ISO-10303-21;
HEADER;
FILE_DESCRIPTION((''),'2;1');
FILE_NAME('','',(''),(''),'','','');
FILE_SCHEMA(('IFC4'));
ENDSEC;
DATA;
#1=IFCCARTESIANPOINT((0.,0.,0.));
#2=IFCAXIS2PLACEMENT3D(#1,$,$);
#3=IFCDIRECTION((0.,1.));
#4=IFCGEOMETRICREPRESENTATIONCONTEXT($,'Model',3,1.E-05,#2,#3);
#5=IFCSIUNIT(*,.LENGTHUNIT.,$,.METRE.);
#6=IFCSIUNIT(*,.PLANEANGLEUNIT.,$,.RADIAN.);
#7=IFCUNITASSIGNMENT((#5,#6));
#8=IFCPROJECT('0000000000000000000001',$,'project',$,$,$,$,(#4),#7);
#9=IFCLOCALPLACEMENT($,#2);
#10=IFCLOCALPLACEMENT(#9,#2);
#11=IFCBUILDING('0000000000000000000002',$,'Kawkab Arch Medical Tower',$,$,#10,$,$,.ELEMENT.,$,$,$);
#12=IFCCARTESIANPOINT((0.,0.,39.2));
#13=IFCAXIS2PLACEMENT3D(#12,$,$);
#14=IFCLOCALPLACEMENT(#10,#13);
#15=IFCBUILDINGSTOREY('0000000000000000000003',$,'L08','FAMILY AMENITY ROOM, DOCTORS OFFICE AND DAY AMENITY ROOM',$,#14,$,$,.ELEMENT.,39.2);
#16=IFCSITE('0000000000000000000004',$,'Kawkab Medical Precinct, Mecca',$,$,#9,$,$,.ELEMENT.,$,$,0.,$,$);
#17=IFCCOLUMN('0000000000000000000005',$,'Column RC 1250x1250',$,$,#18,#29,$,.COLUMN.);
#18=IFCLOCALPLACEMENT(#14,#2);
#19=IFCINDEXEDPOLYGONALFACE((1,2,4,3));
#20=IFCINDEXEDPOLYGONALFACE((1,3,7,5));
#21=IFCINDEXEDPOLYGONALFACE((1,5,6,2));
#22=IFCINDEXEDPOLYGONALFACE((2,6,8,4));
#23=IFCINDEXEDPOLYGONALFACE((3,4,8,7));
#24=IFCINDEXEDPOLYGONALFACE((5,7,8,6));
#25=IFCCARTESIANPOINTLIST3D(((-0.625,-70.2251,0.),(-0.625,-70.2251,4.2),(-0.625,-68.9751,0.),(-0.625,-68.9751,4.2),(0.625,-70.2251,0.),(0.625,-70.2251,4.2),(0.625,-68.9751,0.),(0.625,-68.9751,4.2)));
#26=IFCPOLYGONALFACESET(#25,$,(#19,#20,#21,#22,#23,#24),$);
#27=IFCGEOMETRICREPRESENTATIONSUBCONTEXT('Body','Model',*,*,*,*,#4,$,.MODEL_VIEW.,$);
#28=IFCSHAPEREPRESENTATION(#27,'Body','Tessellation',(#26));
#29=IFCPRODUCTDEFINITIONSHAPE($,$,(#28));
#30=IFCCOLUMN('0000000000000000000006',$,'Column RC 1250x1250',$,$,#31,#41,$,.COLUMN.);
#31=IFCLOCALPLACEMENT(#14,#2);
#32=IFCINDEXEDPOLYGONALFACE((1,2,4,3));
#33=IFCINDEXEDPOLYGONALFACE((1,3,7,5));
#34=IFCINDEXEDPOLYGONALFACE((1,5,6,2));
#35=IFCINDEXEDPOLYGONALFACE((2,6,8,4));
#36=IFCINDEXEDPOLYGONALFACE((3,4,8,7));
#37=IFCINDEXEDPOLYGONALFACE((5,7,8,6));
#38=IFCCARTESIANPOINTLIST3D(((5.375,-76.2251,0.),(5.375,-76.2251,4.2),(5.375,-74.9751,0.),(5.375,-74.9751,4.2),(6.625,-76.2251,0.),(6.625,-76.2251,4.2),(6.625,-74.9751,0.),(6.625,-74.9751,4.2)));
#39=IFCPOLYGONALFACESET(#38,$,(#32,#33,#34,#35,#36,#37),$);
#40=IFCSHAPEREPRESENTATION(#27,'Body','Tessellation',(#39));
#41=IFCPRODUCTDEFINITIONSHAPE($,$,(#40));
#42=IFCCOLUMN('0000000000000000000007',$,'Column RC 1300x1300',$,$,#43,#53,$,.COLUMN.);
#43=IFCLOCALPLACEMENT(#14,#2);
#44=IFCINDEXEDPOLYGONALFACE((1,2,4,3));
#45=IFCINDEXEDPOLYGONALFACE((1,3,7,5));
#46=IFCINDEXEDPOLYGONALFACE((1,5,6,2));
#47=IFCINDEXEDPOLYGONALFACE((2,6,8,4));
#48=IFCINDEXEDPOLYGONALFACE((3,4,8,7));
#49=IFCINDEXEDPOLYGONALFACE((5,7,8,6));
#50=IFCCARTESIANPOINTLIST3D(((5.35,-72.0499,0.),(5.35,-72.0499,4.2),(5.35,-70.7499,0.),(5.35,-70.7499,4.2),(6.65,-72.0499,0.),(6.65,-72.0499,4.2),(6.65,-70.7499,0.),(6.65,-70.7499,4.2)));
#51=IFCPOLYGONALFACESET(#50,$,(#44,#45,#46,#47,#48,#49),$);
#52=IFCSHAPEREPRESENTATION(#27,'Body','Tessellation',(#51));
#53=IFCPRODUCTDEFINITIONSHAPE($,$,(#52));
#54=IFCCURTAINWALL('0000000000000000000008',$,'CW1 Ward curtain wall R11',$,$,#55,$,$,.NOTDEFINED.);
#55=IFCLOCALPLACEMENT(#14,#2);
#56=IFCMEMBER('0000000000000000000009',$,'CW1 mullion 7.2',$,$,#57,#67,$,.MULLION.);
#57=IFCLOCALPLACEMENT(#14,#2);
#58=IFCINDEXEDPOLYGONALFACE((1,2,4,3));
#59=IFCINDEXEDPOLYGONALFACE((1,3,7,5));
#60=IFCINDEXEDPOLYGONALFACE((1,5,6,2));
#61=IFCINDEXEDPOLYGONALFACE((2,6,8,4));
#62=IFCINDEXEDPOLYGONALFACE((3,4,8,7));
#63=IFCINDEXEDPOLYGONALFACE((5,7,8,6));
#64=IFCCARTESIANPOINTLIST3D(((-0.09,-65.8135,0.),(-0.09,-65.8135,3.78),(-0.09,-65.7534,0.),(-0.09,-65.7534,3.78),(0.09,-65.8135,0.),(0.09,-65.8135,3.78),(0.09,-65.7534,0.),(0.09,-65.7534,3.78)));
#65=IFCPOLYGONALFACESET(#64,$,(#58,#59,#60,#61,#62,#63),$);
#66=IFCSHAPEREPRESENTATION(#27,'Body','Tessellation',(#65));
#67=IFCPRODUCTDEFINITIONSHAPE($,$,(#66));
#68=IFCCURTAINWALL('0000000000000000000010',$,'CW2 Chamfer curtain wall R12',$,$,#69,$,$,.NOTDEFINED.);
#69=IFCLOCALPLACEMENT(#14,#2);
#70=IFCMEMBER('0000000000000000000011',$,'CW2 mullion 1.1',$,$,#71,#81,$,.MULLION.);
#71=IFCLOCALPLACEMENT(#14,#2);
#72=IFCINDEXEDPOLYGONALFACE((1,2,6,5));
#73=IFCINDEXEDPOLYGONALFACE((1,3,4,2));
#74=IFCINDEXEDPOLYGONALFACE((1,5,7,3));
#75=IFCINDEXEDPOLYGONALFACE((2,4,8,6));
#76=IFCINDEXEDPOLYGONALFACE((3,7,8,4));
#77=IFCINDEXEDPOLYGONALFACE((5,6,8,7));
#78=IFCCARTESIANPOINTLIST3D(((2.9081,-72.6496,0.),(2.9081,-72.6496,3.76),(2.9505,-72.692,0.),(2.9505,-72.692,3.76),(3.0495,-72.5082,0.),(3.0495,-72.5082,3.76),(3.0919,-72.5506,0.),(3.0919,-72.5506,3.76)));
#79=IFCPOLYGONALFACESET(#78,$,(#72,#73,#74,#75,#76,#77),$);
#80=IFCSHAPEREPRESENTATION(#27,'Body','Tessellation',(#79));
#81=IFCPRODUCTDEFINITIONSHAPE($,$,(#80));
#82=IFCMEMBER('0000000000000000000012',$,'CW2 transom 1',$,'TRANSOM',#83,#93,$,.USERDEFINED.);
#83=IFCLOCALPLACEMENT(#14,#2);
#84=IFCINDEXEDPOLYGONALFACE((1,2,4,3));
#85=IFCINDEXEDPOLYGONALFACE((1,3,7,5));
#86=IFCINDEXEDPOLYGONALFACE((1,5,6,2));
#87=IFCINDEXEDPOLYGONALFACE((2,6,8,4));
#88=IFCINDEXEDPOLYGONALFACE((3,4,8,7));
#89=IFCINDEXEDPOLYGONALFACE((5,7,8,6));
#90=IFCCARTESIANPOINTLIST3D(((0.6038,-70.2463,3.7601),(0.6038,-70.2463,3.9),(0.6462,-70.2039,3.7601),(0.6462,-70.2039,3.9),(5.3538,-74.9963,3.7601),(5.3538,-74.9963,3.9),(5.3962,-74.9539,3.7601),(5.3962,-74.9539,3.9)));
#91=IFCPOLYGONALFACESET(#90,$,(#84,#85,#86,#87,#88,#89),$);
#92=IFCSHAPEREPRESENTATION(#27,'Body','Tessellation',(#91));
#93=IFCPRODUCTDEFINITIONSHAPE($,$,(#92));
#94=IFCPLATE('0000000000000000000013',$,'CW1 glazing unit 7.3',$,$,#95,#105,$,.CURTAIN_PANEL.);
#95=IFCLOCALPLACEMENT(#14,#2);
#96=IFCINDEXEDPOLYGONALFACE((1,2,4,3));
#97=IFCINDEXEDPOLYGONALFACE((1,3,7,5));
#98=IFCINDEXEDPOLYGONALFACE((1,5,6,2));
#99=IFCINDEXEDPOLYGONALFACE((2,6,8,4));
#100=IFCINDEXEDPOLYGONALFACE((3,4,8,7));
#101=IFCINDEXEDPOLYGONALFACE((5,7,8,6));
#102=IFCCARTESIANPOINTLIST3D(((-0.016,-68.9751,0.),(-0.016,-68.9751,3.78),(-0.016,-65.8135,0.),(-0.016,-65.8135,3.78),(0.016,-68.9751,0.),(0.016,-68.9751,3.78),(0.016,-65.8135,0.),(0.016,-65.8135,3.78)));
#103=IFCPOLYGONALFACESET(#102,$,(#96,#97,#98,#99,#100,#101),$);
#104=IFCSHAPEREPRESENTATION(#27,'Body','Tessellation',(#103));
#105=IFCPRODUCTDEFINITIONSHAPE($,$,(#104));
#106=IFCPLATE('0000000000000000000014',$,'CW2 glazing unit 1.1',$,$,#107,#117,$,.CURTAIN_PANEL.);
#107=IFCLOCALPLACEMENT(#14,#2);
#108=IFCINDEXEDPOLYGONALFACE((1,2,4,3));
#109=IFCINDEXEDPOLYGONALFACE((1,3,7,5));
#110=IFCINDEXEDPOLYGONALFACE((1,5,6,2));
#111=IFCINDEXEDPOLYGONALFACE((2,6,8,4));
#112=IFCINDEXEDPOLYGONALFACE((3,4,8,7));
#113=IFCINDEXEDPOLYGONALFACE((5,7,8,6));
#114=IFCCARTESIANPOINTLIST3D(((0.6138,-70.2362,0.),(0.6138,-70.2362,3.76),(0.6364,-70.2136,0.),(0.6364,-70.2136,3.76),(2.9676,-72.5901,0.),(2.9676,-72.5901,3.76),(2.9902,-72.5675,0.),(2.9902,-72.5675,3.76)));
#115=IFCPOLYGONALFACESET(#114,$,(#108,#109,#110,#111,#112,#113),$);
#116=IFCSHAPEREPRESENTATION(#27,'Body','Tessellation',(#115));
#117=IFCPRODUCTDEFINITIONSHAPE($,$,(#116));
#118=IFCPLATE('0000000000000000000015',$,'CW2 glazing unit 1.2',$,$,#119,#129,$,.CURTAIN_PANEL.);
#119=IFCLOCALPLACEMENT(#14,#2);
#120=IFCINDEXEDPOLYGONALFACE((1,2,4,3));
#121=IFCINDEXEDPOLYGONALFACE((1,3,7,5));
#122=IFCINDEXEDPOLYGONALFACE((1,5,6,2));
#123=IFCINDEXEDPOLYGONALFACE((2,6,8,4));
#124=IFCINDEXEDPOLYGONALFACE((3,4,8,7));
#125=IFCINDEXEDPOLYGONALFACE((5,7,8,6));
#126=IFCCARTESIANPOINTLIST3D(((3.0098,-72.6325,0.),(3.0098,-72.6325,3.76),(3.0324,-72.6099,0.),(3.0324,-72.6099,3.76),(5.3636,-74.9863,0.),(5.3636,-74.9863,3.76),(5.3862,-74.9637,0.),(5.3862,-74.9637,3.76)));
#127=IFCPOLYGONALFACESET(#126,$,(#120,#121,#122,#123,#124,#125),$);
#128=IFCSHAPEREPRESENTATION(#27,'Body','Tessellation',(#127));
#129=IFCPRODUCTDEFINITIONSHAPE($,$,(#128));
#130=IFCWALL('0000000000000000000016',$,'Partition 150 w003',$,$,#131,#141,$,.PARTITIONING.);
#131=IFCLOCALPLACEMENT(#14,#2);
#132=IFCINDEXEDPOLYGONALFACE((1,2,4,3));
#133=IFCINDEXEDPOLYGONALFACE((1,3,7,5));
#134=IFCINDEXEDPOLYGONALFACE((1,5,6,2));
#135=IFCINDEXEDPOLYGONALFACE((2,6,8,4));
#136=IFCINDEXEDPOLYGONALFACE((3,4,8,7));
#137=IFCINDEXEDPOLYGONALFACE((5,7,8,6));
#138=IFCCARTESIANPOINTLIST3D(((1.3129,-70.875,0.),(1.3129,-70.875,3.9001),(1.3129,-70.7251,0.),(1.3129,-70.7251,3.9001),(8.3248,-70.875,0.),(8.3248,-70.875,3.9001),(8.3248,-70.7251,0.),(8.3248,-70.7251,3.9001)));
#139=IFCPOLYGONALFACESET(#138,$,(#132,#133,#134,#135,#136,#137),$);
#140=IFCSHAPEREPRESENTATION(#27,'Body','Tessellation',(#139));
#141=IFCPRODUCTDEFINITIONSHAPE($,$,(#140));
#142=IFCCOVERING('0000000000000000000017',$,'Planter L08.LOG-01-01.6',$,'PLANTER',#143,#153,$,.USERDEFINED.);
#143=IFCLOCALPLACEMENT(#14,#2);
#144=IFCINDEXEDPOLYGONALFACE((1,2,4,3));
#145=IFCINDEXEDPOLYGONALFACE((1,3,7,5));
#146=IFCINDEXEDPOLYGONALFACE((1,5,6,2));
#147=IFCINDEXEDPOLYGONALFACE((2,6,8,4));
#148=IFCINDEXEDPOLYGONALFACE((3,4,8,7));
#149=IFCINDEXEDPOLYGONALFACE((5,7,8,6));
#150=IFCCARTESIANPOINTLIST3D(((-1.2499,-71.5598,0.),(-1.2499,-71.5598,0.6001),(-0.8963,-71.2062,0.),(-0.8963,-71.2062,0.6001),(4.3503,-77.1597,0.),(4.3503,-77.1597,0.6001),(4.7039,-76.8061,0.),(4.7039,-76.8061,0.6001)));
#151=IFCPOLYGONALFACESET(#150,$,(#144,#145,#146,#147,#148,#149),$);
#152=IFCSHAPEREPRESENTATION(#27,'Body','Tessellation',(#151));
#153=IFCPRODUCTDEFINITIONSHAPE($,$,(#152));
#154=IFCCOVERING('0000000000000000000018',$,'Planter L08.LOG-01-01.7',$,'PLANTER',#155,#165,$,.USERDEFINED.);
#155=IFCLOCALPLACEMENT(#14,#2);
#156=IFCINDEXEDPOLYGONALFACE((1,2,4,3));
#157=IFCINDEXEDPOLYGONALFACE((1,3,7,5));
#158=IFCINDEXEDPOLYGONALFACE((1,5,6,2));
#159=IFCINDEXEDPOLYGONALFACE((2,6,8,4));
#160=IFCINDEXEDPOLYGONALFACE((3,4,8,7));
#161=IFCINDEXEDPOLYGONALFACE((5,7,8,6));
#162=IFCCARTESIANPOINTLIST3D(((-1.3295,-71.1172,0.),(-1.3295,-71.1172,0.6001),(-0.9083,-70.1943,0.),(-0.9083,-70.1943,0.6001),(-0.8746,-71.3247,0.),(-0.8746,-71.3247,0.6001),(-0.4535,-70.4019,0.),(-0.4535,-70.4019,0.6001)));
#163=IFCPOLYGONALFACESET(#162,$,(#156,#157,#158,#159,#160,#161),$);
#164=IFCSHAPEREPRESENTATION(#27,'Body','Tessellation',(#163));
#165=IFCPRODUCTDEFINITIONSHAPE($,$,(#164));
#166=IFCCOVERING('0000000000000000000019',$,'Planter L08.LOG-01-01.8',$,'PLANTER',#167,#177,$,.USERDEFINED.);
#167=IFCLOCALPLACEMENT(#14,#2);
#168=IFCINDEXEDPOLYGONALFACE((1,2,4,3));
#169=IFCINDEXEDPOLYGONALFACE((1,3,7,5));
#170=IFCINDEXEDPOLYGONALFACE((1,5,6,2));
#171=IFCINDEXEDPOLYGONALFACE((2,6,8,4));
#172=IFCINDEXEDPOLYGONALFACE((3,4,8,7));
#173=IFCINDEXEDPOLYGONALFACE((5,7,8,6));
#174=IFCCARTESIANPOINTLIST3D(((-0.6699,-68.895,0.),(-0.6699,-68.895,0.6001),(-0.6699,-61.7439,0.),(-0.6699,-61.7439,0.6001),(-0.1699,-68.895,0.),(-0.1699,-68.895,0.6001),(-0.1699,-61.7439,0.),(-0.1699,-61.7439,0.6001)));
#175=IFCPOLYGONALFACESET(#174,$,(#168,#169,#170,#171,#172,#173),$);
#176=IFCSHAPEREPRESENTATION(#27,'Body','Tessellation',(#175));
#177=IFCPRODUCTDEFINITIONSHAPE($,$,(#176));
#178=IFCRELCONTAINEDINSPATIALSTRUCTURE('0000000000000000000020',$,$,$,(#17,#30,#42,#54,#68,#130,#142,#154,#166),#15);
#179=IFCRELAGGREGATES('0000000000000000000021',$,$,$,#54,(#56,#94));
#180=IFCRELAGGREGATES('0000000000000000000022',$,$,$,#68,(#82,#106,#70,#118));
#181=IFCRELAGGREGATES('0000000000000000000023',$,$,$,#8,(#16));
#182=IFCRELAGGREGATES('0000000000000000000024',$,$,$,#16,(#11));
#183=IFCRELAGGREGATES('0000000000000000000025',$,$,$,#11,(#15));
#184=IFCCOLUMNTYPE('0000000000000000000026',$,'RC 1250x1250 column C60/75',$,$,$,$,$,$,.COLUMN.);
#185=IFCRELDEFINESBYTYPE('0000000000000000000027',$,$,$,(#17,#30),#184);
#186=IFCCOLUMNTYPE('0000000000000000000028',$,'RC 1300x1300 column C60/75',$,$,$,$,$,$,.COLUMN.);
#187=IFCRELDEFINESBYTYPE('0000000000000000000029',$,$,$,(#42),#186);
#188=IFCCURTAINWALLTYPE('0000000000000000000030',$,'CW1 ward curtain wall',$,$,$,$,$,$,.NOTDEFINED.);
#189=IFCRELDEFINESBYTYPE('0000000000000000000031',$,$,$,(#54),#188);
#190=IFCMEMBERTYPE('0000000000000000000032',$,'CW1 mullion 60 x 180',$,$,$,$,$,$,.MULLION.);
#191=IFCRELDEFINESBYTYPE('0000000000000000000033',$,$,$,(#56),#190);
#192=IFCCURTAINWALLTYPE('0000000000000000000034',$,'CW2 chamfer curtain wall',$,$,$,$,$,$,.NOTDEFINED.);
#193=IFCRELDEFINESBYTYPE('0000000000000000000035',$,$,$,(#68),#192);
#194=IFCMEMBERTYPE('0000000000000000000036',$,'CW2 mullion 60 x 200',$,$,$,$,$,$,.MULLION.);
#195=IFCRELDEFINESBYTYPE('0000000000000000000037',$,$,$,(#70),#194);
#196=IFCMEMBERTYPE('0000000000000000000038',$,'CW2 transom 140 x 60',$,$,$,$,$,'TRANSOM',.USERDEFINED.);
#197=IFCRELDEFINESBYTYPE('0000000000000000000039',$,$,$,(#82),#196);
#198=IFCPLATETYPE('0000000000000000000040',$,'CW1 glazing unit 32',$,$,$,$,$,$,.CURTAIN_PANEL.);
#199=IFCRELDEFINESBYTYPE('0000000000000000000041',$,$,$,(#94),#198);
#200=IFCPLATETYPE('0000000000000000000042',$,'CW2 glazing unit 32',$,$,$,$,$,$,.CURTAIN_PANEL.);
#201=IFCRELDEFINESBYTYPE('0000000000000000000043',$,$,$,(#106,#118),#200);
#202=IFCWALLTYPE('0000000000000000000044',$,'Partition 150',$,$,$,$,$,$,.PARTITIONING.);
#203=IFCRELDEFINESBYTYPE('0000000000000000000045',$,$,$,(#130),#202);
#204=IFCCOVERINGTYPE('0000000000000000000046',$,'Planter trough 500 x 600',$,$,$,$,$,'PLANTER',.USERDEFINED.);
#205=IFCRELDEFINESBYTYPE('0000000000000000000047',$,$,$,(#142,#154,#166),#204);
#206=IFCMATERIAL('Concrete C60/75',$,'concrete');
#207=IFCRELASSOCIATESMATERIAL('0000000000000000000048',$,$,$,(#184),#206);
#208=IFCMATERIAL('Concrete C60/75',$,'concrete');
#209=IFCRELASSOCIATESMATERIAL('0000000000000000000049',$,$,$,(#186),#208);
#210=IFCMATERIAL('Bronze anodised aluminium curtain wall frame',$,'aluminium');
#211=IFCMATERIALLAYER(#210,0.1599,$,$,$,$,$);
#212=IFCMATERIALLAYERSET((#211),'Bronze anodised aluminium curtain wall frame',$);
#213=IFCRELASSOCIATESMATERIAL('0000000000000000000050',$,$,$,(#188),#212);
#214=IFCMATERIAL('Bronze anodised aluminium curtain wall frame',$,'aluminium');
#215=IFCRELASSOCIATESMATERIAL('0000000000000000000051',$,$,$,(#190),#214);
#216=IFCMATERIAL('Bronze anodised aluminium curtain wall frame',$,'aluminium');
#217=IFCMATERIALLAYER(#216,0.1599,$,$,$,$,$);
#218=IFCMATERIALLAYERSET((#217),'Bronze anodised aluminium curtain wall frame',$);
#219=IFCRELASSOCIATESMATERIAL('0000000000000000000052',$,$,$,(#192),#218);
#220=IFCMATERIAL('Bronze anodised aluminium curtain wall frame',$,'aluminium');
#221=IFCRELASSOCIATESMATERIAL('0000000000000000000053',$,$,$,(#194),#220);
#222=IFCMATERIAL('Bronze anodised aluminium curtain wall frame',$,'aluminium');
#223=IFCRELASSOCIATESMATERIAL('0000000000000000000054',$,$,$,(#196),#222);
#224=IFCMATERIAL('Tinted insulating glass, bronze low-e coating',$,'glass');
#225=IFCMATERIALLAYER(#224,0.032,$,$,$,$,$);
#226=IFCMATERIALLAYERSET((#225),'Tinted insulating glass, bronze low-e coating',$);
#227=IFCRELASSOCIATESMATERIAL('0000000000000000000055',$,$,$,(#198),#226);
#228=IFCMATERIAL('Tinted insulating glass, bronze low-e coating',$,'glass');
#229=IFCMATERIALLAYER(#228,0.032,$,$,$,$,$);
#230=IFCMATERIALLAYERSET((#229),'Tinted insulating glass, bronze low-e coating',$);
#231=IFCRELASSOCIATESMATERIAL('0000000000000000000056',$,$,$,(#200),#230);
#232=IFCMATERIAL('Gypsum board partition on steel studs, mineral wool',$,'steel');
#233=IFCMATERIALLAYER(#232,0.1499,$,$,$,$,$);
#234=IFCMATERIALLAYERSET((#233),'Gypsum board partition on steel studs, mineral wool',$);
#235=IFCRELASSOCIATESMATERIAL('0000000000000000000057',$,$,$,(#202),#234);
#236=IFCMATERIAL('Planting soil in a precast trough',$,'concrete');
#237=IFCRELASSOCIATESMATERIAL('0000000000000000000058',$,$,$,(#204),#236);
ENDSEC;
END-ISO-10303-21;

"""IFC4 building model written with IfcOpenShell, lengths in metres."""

from ifc_helpers import new_model, si_unit, direction, frame, frame_2d, origin, origin_2d, place, context, subcontext, project, spatial, rectangle, extrude, material, layer, layer_set, material_profile, profile_set, type_object, element, aggregate, save


model = new_model("IFC4")

# Units and contexts
model_context = context("Model", 3, precision=1e-05, world=origin(), true_north=direction((0.0, 1.0)))
body_context = subcontext(model_context, "Body", "Model", "MODEL_VIEW")
ifc_project = project(units=[si_unit("LENGTHUNIT", "METRE"), si_unit("PLANEANGLEUNIT", "RADIAN")], contexts=[model_context])

# Site, building, storey
site_placement = place(None, origin())
site = spatial("IfcSite", under=ifc_project, at=site_placement, Name="Kawkab Medical Precinct, Mecca", CompositionType="ELEMENT", RefElevation=0.0)
building_placement = place(site_placement, origin())
building = spatial("IfcBuilding", under=site, at=building_placement, Name="Kawkab Arch Medical Tower", CompositionType="ELEMENT")
storey_placement = place(building_placement, frame((0.0, 0.0, 39.2)))
storey = spatial("IfcBuildingStorey", under=building, at=storey_placement, Name="L08", Description="FAMILY AMENITY ROOM, DOCTORS OFFICE AND DAY AMENITY ROOM", CompositionType="ELEMENT", Elevation=39.2)

# Columns
ifc_material_1 = material(Name="Concrete C60/75", Category="concrete")
ifc_material_profile_1 = material_profile(ifc_material_1, rectangle(XDim=1.25, YDim=1.25, at=origin_2d()), Name="RC 1250x1250")
ifc_profile_set_1 = profile_set([ifc_material_profile_1], Name="Concrete C60/75")
column_type_1 = type_object("IfcColumnType", Name="RC 1250x1250 column C60/75", PredefinedType="COLUMN", material=ifc_profile_set_1)
for number, where, z_axis, x_axis, name in (
    (1, (0.0, -69.6001, 0.0), (0.0, 0.0, 1.0), (1.0, 0.0, 0.0), "Column RC 1250x1250"),
    (2, (6.0, -75.6001, 0.0), (0.0, 0.0, 1.0), (1.0, 0.0, 0.0), "Column RC 1250x1250"),
):
    element("IfcColumn", number, at=place(storey_placement, frame(where, z_axis=z_axis, x_axis=x_axis)), inside=storey, type_object=column_type_1, Name=name, PredefinedType="COLUMN", context=body_context, shape_type="SweptSolid", body=[
        extrude(rectangle(XDim=1.25, YDim=1.25, at=origin_2d()), origin(), (0.0, 0.0, 1.0), 4.2),
    ])
ifc_material_2 = material(Name="Concrete C60/75", Category="concrete")
ifc_material_profile_2 = material_profile(ifc_material_2, rectangle(XDim=1.3, YDim=1.3, at=origin_2d()), Name="RC 1300x1300")
ifc_profile_set_2 = profile_set([ifc_material_profile_2], Name="Concrete C60/75")
column_type_2 = type_object("IfcColumnType", Name="RC 1300x1300 column C60/75", PredefinedType="COLUMN", material=ifc_profile_set_2)
column_placement = place(storey_placement, frame((6.0, -71.3999, 0.0), z_axis=(0.0, 0.0, 1.0), x_axis=(1.0, 0.0, 0.0)))
element("IfcColumn", 3, at=column_placement, inside=storey, type_object=column_type_2, Name="Column RC 1300x1300", PredefinedType="COLUMN", context=body_context, shape_type="SweptSolid", body=[
    extrude(rectangle(XDim=1.3, YDim=1.3, at=origin_2d()), origin(), (0.0, 0.0, 1.0), 4.2),
])

# Curtain wall, member
ifc_material_3 = material(Name="Bronze anodised aluminium curtain wall frame", Category="aluminium")
ifc_layer_1 = layer(ifc_material_3, 0.1599)
ifc_layer_set_1 = layer_set([ifc_layer_1], Name="Bronze anodised aluminium curtain wall frame")
curtain_wall_type_1 = type_object("IfcCurtainWallType", Name="CW1 ward curtain wall", PredefinedType="NOTDEFINED", material=ifc_layer_set_1)
placement = place(storey_placement, origin())
curtain_wall_1 = element("IfcCurtainWall", 4, at=placement, inside=storey, type_object=curtain_wall_type_1, Name="CW1 Ward curtain wall R11", PredefinedType="NOTDEFINED")
ifc_material_4 = material(Name="Bronze anodised aluminium curtain wall frame", Category="aluminium")
ifc_material_profile_3 = material_profile(ifc_material_4, rectangle(XDim=0.1799, YDim=0.0601, at=origin_2d()), Name="AL 60x180")
ifc_profile_set_3 = profile_set([ifc_material_profile_3], Name="Bronze anodised aluminium curtain wall frame")
member_type_1 = type_object("IfcMemberType", Name="CW1 mullion 60 x 180", PredefinedType="MULLION", material=ifc_profile_set_3)
member_1_placement = place(storey_placement, frame((0.0, -65.7834, 0.0), z_axis=(0.0, 0.0, 1.0), x_axis=(1.0, 0.0, 0.0)))
member_1 = element("IfcMember", 5, at=member_1_placement, type_object=member_type_1, Name="CW1 mullion 7.2", PredefinedType="MULLION", context=body_context, shape_type="SweptSolid", body=[
    extrude(rectangle(XDim=0.1799, YDim=0.0601, at=origin_2d()), origin(), (0.0, 0.0, 1.0), 3.78),
])

# Curtain wall, members
ifc_material_5 = material(Name="Bronze anodised aluminium curtain wall frame", Category="aluminium")
ifc_layer_2 = layer(ifc_material_5, 0.1599)
ifc_layer_set_2 = layer_set([ifc_layer_2], Name="Bronze anodised aluminium curtain wall frame")
curtain_wall_type_2 = type_object("IfcCurtainWallType", Name="CW2 chamfer curtain wall", PredefinedType="NOTDEFINED", material=ifc_layer_set_2)
curtain_wall_2 = element("IfcCurtainWall", 6, at=placement, inside=storey, type_object=curtain_wall_type_2, Name="CW2 Chamfer curtain wall R12", PredefinedType="NOTDEFINED")
ifc_material_6 = material(Name="Bronze anodised aluminium curtain wall frame", Category="aluminium")
ifc_material_profile_4 = material_profile(ifc_material_6, rectangle(XDim=0.2, YDim=0.0601, at=origin_2d()), Name="AL 60x200")
ifc_profile_set_4 = profile_set([ifc_material_profile_4], Name="Bronze anodised aluminium curtain wall frame")
member_type_2 = type_object("IfcMemberType", Name="CW2 mullion 60 x 200", PredefinedType="MULLION", material=ifc_profile_set_4)
member_2_placement = place(storey_placement, frame((3.0, -72.6001, 0.0), z_axis=(0.0, 0.0, 1.0), x_axis=(0.707107, 0.707107, 0.0)))
member_2 = element("IfcMember", 7, at=member_2_placement, type_object=member_type_2, Name="CW2 mullion 1.1", PredefinedType="MULLION", context=body_context, shape_type="SweptSolid", body=[
    extrude(rectangle(XDim=0.2, YDim=0.0601, at=origin_2d()), origin(), (0.0, 0.0, 1.0), 3.76),
])
ifc_material_7 = material(Name="Bronze anodised aluminium curtain wall frame", Category="aluminium")
ifc_material_profile_5 = material_profile(ifc_material_7, rectangle(XDim=0.0601, YDim=0.1399, at=origin_2d()), Name="AL 60x140")
ifc_profile_set_5 = profile_set([ifc_material_profile_5], Name="Bronze anodised aluminium curtain wall frame")
member_type_3 = type_object("IfcMemberType", Name="CW2 transom 140 x 60", ElementType="TRANSOM", PredefinedType="USERDEFINED", material=ifc_profile_set_5)
member_3_placement = place(storey_placement, frame((0.625, -70.2251, 3.8301), z_axis=(0.707107, -0.707107, 0.0), x_axis=(0.707107, 0.707107, 0.0)))
member_3 = element("IfcMember", 8, at=member_3_placement, type_object=member_type_3, Name="CW2 transom 1", ObjectType="TRANSOM", PredefinedType="USERDEFINED", context=body_context, shape_type="SweptSolid", body=[
    extrude(rectangle(XDim=0.0601, YDim=0.1399, at=origin_2d()), origin(), (0.0, 0.0, 1.0), 6.7175),
])

# Plates
ifc_material_8 = material(Name="Tinted insulating glass, bronze low-e coating", Category="glass")
ifc_layer_3 = layer(ifc_material_8, 0.032)
ifc_layer_set_3 = layer_set([ifc_layer_3], Name="Tinted insulating glass, bronze low-e coating")
plate_type_1 = type_object("IfcPlateType", Name="CW1 glazing unit 32", PredefinedType="CURTAIN_PANEL", material=ifc_layer_set_3)
plate_1_placement = place(storey_placement, frame((0.0, -67.3943, 0.0), z_axis=(0.0, 0.0, 1.0), x_axis=(0.0, -1.0, 0.0)))
plate_1 = element("IfcPlate", 9, at=plate_1_placement, type_object=plate_type_1, Name="CW1 glazing unit 7.3", PredefinedType="CURTAIN_PANEL", context=body_context, shape_type="SweptSolid", body=[
    extrude(rectangle(XDim=3.1616, YDim=0.032, at=origin_2d()), origin(), (0.0, 0.0, 1.0), 3.78),
])
aggregate(curtain_wall_1, [member_1, plate_1])
ifc_material_9 = material(Name="Tinted insulating glass, bronze low-e coating", Category="glass")
ifc_layer_4 = layer(ifc_material_9, 0.032)
ifc_layer_set_4 = layer_set([ifc_layer_4], Name="Tinted insulating glass, bronze low-e coating")
plate_type_2 = type_object("IfcPlateType", Name="CW2 glazing unit 32", PredefinedType="CURTAIN_PANEL", material=ifc_layer_set_4)
plate_2_placement = place(storey_placement, frame((1.802, -71.4019, 0.0), z_axis=(0.0, 0.0, 1.0), x_axis=(0.707107, -0.707107, 0.0)))
plate_2 = element("IfcPlate", 10, at=plate_2_placement, type_object=plate_type_2, Name="CW2 glazing unit 1.1", PredefinedType="CURTAIN_PANEL", context=body_context, shape_type="SweptSolid", body=[
    extrude(rectangle(XDim=3.3289, YDim=0.032, at=origin_2d()), origin(), (0.0, 0.0, 1.0), 3.76),
])
plate_3_placement = place(storey_placement, frame((4.198, -73.7981, 0.0), z_axis=(0.0, 0.0, 1.0), x_axis=(0.707107, -0.707107, 0.0)))
plate_3 = element("IfcPlate", 11, at=plate_3_placement, type_object=plate_type_2, Name="CW2 glazing unit 1.2", PredefinedType="CURTAIN_PANEL", context=body_context, shape_type="SweptSolid", body=[
    extrude(rectangle(XDim=3.3289, YDim=0.032, at=origin_2d()), origin(), (0.0, 0.0, 1.0), 3.76),
])
aggregate(curtain_wall_2, [member_3, plate_2, member_2, plate_3])

# Wall
ifc_material_10 = material(Name="Gypsum board partition on steel studs, mineral wool", Category="steel")
ifc_layer_5 = layer(ifc_material_10, 0.1499)
ifc_layer_set_5 = layer_set([ifc_layer_5], Name="Gypsum board partition on steel studs, mineral wool")
wall_type = type_object("IfcWallType", Name="Partition 150", PredefinedType="PARTITIONING", material=ifc_layer_set_5)
wall_placement = place(storey_placement, frame((1.313, -70.8, 0.0), z_axis=(0.0, 0.0, 1.0), x_axis=(1.0, 0.0, 0.0)))
element("IfcWall", 12, at=wall_placement, inside=storey, type_object=wall_type, Name="Partition 150 w003", PredefinedType="PARTITIONING", context=body_context, shape_type="SweptSolid", body=[
    extrude(rectangle(XDim=7.012, YDim=0.1499, at=frame_2d((3.5059, 0.0))), origin(), (0.0, 0.0, 1.0), 3.9001),
])

# Coverings
ifc_material_11 = material(Name="Planting soil in a precast trough", Category="concrete")
ifc_material_profile_6 = material_profile(ifc_material_11, rectangle(XDim=0.5, YDim=0.6001, at=origin_2d()), Name="Trough 500x600")
ifc_profile_set_6 = profile_set([ifc_material_profile_6], Name="Planting soil in a precast trough")
covering_type = type_object("IfcCoveringType", Name="Planter trough 500 x 600", ElementType="PLANTER", PredefinedType="USERDEFINED", material=ifc_profile_set_6)
covering_1_placement = place(storey_placement, frame((4.5271, -76.9829, 0.3), z_axis=(-0.707122, 0.707091, 0.0), x_axis=(-0.707091, -0.707122, 0.0)))
element("IfcCovering", 13, at=covering_1_placement, inside=storey, type_object=covering_type, Name="Planter L08.LOG-01-01.6", ObjectType="PLANTER", PredefinedType="USERDEFINED", context=body_context, shape_type="SweptSolid", body=[
    extrude(rectangle(XDim=0.5, YDim=0.6001, at=origin_2d()), origin(), (0.0, 0.0, 1.0), 7.9197),
])
covering_2_placement = place(storey_placement, frame((-1.1021, -71.2209, 0.3), z_axis=(0.415162, 0.909747, 0.0), x_axis=(-0.909747, 0.415162, 0.0)))
element("IfcCovering", 14, at=covering_2_placement, inside=storey, type_object=covering_type, Name="Planter L08.LOG-01-01.7", ObjectType="PLANTER", PredefinedType="USERDEFINED", context=body_context, shape_type="SweptSolid", body=[
    extrude(rectangle(XDim=0.5, YDim=0.6001, at=origin_2d()), origin(), (0.0, 0.0, 1.0), 1.0144),
])
covering_3_placement = place(storey_placement, frame((-0.4199, -68.895, 0.3), z_axis=(0.0, 1.0, 0.0), x_axis=(-1.0, 0.0, 0.0)))
element("IfcCovering", 15, at=covering_3_placement, inside=storey, type_object=covering_type, Name="Planter L08.LOG-01-01.8", ObjectType="PLANTER", PredefinedType="USERDEFINED", context=body_context, shape_type="SweptSolid", body=[
    extrude(rectangle(XDim=0.5, YDim=0.6001, at=origin_2d()), origin(), (0.0, 0.0, 1.0), 7.1511),
])

save(model, "model.ifc")
